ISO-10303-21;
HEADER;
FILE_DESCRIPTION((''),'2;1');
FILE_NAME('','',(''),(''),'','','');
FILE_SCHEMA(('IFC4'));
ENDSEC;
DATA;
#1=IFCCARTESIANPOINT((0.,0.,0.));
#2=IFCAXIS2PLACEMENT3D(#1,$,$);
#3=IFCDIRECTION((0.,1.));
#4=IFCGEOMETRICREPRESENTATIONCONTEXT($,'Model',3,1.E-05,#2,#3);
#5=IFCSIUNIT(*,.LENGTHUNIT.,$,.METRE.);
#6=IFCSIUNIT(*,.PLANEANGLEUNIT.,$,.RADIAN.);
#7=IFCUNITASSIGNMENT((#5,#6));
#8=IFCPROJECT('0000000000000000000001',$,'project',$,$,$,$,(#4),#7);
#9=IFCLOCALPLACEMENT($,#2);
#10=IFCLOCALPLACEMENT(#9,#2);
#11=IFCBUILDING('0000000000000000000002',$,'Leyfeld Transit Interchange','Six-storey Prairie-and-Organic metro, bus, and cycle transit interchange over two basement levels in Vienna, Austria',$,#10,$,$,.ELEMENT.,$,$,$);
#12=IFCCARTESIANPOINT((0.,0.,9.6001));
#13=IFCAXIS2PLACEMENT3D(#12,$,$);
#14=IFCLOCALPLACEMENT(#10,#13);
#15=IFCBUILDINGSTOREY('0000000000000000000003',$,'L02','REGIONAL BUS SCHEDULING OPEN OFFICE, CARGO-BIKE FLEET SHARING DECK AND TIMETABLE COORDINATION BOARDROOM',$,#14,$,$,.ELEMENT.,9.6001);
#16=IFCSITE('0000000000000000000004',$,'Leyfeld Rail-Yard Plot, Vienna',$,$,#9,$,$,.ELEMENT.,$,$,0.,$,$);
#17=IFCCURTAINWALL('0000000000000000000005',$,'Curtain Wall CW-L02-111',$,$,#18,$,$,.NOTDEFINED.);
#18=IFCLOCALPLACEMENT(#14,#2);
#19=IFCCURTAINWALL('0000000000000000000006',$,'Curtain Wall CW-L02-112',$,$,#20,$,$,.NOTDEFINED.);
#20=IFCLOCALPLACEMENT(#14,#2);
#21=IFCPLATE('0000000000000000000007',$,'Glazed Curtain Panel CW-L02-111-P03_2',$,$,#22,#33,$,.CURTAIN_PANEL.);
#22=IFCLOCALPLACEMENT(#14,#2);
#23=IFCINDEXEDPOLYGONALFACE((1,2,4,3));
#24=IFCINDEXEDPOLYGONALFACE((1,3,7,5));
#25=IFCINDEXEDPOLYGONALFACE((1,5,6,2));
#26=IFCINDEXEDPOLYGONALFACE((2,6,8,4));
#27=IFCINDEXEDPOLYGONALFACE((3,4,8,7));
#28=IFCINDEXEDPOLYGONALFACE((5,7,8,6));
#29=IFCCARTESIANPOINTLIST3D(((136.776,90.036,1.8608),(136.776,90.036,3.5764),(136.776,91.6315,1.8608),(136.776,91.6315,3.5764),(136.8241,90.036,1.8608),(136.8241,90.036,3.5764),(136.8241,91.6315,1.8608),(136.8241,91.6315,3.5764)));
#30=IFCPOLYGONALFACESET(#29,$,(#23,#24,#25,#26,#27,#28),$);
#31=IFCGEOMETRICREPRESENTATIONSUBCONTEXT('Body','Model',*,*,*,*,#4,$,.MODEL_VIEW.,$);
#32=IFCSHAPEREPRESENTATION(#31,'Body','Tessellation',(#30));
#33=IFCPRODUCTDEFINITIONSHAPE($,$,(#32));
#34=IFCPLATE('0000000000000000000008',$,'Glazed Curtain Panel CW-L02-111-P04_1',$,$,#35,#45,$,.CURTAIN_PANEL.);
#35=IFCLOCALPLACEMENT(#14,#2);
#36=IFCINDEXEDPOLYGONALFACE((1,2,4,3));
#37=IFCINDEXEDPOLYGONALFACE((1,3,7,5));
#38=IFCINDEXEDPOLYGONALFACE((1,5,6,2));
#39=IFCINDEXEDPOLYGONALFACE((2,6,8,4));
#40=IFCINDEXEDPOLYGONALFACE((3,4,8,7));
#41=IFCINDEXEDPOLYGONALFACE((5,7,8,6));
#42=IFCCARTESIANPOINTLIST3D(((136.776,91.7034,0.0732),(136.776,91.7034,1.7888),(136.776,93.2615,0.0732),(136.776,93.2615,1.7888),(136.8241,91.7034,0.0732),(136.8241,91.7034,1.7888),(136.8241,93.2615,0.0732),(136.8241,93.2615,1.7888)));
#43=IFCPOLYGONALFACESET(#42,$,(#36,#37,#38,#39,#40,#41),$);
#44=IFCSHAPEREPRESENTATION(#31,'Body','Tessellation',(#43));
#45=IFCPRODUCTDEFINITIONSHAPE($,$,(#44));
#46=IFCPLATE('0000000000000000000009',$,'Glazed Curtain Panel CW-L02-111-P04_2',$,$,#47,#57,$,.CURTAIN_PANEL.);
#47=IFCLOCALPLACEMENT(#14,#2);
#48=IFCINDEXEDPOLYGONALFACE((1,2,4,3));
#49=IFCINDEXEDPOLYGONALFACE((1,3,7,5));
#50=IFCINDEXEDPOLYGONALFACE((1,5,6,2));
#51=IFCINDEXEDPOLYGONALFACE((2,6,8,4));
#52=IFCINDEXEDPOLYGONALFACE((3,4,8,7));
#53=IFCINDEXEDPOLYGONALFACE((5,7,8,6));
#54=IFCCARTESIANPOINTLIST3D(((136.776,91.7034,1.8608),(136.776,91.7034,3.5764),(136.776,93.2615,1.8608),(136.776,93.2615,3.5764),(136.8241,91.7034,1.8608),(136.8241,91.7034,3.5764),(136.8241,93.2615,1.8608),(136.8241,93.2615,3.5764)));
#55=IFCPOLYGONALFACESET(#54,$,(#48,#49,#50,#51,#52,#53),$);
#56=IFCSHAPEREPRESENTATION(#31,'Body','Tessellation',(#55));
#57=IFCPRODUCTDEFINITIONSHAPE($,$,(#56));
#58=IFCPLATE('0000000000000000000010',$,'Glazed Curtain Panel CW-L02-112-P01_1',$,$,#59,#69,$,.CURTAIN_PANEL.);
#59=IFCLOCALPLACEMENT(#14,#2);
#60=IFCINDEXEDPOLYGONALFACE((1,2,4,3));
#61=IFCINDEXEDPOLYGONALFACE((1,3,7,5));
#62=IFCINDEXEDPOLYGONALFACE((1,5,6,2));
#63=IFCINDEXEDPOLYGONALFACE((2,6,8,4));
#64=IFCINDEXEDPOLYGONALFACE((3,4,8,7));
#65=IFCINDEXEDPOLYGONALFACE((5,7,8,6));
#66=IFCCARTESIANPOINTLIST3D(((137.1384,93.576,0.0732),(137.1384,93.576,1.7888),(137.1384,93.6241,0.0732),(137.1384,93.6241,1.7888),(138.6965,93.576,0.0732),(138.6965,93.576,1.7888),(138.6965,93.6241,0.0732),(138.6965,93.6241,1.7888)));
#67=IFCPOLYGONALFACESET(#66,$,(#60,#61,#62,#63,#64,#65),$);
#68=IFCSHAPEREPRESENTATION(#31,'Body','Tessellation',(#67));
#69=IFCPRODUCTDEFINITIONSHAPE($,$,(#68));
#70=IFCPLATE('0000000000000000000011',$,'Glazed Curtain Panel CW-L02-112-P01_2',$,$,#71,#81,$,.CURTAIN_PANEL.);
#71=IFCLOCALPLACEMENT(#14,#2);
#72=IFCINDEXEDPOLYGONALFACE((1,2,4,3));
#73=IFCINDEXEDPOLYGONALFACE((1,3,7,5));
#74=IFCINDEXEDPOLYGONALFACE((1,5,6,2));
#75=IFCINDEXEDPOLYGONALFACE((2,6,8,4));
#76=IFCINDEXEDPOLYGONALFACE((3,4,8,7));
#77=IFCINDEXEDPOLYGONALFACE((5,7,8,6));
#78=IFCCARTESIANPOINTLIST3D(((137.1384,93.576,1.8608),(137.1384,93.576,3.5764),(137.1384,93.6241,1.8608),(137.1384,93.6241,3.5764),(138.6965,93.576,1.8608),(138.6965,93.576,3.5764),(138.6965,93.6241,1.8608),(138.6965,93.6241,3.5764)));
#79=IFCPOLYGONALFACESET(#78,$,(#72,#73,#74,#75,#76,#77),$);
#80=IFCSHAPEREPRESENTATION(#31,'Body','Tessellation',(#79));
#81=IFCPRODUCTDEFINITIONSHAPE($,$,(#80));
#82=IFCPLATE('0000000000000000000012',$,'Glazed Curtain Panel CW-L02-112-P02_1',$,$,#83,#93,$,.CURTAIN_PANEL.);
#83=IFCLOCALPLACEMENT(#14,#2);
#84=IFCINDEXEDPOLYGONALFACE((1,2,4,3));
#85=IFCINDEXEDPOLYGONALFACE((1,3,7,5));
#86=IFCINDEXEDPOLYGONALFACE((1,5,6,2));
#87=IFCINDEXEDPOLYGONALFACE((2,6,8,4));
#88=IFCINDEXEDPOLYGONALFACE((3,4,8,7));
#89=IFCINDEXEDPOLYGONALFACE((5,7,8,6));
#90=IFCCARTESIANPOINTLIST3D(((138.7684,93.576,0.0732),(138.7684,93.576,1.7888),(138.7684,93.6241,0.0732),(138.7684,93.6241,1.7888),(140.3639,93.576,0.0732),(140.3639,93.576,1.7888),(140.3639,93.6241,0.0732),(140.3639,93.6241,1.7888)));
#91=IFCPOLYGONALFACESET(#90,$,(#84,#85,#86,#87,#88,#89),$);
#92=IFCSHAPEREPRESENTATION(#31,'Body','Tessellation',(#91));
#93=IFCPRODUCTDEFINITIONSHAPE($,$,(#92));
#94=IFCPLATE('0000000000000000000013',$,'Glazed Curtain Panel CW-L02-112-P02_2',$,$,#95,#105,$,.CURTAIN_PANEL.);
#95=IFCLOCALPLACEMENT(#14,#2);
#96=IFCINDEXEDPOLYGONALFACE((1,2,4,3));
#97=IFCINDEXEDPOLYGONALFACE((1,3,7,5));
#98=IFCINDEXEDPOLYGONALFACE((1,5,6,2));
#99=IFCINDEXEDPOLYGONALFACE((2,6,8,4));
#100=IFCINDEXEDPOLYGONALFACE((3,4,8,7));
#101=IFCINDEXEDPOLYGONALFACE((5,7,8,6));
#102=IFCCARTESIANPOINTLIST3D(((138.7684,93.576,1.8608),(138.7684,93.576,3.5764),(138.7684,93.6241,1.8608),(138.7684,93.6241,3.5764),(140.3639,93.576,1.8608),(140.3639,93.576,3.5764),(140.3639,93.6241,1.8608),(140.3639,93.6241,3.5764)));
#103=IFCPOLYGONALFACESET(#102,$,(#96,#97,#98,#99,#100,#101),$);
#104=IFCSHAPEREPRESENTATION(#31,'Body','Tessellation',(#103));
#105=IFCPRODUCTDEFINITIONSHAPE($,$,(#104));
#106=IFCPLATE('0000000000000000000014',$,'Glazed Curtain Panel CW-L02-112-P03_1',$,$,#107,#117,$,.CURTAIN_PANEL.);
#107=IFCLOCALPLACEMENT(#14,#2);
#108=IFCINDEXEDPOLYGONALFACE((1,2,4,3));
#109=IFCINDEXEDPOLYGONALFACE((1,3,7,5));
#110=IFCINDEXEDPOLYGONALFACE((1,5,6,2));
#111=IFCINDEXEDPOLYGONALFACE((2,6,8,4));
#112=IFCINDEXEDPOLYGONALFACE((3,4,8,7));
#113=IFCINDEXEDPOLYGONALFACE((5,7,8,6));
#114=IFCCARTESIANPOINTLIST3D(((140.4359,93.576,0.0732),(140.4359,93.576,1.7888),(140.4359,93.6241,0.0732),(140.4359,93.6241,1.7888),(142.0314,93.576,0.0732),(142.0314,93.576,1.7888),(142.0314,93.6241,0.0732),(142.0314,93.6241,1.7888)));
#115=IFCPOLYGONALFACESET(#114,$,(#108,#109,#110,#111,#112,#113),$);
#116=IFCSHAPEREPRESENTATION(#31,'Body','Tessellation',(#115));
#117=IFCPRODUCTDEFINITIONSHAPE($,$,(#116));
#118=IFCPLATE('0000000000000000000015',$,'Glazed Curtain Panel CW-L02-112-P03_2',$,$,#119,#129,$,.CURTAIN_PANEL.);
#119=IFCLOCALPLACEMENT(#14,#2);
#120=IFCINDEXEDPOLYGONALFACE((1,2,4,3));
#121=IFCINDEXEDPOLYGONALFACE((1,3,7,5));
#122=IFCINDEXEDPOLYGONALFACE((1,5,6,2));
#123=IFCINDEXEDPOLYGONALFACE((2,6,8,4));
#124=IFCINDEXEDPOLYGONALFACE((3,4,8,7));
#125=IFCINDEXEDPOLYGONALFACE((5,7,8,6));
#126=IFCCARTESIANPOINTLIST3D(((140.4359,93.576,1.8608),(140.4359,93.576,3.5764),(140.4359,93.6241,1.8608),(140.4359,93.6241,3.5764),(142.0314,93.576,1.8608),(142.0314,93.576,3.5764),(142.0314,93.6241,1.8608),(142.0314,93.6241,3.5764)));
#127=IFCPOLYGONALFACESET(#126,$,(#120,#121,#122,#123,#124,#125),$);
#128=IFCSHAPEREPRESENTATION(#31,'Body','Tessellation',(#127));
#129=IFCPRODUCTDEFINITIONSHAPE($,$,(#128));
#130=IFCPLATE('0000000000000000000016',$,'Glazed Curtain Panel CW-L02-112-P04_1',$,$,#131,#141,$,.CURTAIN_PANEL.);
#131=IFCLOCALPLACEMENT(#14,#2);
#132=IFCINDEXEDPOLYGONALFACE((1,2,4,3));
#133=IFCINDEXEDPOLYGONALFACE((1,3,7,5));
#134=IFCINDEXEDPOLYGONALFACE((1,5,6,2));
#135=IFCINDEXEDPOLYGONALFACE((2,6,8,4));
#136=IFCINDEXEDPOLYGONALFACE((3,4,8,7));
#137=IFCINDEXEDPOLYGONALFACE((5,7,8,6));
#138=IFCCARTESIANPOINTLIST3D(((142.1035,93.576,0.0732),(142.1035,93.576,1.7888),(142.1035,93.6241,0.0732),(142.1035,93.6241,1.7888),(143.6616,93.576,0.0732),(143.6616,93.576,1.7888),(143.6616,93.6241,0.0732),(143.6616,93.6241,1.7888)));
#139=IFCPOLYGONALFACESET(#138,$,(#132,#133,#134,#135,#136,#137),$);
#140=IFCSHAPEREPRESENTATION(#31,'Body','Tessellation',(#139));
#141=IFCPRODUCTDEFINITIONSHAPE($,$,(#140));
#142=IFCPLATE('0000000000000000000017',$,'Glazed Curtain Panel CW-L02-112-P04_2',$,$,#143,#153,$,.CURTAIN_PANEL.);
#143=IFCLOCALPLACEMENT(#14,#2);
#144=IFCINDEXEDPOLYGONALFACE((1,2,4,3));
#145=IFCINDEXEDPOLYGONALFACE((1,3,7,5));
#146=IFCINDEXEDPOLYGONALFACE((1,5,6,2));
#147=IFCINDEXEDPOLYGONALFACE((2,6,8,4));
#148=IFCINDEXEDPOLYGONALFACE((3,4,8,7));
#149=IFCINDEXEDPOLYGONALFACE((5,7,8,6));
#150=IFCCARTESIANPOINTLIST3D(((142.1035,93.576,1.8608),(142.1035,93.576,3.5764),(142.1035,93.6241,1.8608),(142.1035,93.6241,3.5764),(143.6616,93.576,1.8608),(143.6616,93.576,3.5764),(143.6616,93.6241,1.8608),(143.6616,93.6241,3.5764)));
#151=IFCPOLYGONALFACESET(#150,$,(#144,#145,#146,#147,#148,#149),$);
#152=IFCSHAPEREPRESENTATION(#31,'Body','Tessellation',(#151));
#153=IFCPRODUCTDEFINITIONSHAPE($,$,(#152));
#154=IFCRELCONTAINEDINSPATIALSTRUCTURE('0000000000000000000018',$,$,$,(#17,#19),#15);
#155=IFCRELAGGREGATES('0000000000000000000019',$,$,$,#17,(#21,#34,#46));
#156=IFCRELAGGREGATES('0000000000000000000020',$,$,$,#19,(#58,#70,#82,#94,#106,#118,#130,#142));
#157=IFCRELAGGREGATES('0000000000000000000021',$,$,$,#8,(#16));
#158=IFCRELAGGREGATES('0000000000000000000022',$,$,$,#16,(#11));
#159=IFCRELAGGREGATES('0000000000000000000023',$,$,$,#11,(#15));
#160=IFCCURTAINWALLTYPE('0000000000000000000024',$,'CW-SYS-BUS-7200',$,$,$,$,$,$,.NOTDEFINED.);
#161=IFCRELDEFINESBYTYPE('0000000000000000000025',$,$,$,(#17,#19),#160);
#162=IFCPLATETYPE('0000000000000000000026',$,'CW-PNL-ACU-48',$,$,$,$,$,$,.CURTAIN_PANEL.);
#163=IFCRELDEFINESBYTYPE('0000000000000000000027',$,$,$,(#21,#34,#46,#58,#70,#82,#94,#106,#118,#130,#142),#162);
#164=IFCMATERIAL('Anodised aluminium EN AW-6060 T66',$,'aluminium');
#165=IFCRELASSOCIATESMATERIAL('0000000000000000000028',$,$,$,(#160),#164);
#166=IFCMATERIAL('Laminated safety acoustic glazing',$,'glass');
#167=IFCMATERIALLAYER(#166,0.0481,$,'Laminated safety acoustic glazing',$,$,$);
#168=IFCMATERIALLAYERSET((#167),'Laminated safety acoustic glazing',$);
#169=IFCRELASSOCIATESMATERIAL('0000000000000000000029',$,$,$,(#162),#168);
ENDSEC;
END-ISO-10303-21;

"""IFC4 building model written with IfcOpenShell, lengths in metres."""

from ifc_helpers import new_model, si_unit, direction, frame, origin, origin_2d, place, context, subcontext, project, spatial, rectangle, extrude, material, layer, layer_set, type_object, element, aggregate, save


model = new_model("IFC4")

# Units and contexts
model_context = context("Model", 3, precision=1e-05, world=origin(), true_north=direction((0.0, 1.0)))
body_context = subcontext(model_context, "Body", "Model", "MODEL_VIEW")
ifc_project = project(units=[si_unit("LENGTHUNIT", "METRE"), si_unit("PLANEANGLEUNIT", "RADIAN")], contexts=[model_context])

# Site, building, storey
site_placement = place(None, origin())
site = spatial("IfcSite", under=ifc_project, at=site_placement, Name="Leyfeld Rail-Yard Plot, Vienna", CompositionType="ELEMENT", RefElevation=0.0)
building_placement = place(site_placement, origin())
building = spatial("IfcBuilding", under=site, at=building_placement, Name="Leyfeld Transit Interchange", Description="Six-storey Prairie-and-Organic metro, bus, and cycle transit interchange over two basement levels in Vienna, Austria", CompositionType="ELEMENT")
storey_placement = place(building_placement, frame((0.0, 0.0, 9.6001)))
storey = spatial("IfcBuildingStorey", under=building, at=storey_placement, Name="L02", Description="REGIONAL BUS SCHEDULING OPEN OFFICE, CARGO-BIKE FLEET SHARING DECK AND TIMETABLE COORDINATION BOARDROOM", CompositionType="ELEMENT", Elevation=9.6001)

# Curtain walls
ifc_material_1 = material(Name="Anodised aluminium EN AW-6060 T66", Category="aluminium")
curtain_wall_type = type_object("IfcCurtainWallType", Name="CW-SYS-BUS-7200", PredefinedType="NOTDEFINED", material=ifc_material_1)
curtain_wall_1_placement = place(storey_placement, origin())
curtain_wall_1 = element("IfcCurtainWall", 1, at=curtain_wall_1_placement, inside=storey, type_object=curtain_wall_type, Name="Curtain Wall CW-L02-111", PredefinedType="NOTDEFINED")
curtain_wall_2_placement = place(storey_placement, origin())
curtain_wall_2 = element("IfcCurtainWall", 2, at=curtain_wall_2_placement, inside=storey, type_object=curtain_wall_type, Name="Curtain Wall CW-L02-112", PredefinedType="NOTDEFINED")

# Plates
ifc_material_2 = material(Name="Laminated safety acoustic glazing", Category="glass")
ifc_layer = layer(ifc_material_2, 0.0481, Name="Laminated safety acoustic glazing")
ifc_layer_set = layer_set([ifc_layer], Name="Laminated safety acoustic glazing")
plate_type = type_object("IfcPlateType", Name="CW-PNL-ACU-48", PredefinedType="CURTAIN_PANEL", material=ifc_layer_set)
plate_1_placement = place(storey_placement, frame((136.8, 90.8337, 1.8608), z_axis=(0.0, 0.0, 1.0), x_axis=(0.0, 1.0, 0.0)))
plate_1 = element("IfcPlate", 3, at=plate_1_placement, type_object=plate_type, Name="Glazed Curtain Panel CW-L02-111-P03_2", PredefinedType="CURTAIN_PANEL", context=body_context, shape_type="SweptSolid", body=[
    extrude(rectangle(XDim=1.5955, YDim=0.0481, at=origin_2d()), origin(), (0.0, 0.0, 1.0), 1.7156),
])
plate_2_placement = place(storey_placement, frame((136.8, 92.4824, 0.0732), z_axis=(0.0, 0.0, 1.0), x_axis=(0.0, 1.0, 0.0)))
plate_2 = element("IfcPlate", 4, at=plate_2_placement, type_object=plate_type, Name="Glazed Curtain Panel CW-L02-111-P04_1", PredefinedType="CURTAIN_PANEL", context=body_context, shape_type="SweptSolid", body=[
    extrude(rectangle(XDim=1.5581, YDim=0.0481, at=origin_2d()), origin(), (0.0, 0.0, 1.0), 1.7156),
])
plate_3_placement = place(storey_placement, frame((136.8, 92.4824, 1.8608), z_axis=(0.0, 0.0, 1.0), x_axis=(0.0, 1.0, 0.0)))
plate_3 = element("IfcPlate", 5, at=plate_3_placement, type_object=plate_type, Name="Glazed Curtain Panel CW-L02-111-P04_2", PredefinedType="CURTAIN_PANEL", context=body_context, shape_type="SweptSolid", body=[
    extrude(rectangle(XDim=1.5581, YDim=0.0481, at=origin_2d()), origin(), (0.0, 0.0, 1.0), 1.7156),
])
aggregate(curtain_wall_1, [plate_1, plate_2, plate_3])
plate_4_placement = place(storey_placement, frame((137.9175, 93.6001, 0.0732), z_axis=(0.0, 0.0, 1.0), x_axis=(1.0, 0.0, 0.0)))
plate_4 = element("IfcPlate", 6, at=plate_4_placement, type_object=plate_type, Name="Glazed Curtain Panel CW-L02-112-P01_1", PredefinedType="CURTAIN_PANEL", context=body_context, shape_type="SweptSolid", body=[
    extrude(rectangle(XDim=1.5581, YDim=0.0481, at=origin_2d()), origin(), (0.0, 0.0, 1.0), 1.7156),
])
plate_5_placement = place(storey_placement, frame((137.9175, 93.6001, 1.8608), z_axis=(0.0, 0.0, 1.0), x_axis=(1.0, 0.0, 0.0)))
plate_5 = element("IfcPlate", 7, at=plate_5_placement, type_object=plate_type, Name="Glazed Curtain Panel CW-L02-112-P01_2", PredefinedType="CURTAIN_PANEL", context=body_context, shape_type="SweptSolid", body=[
    extrude(rectangle(XDim=1.5581, YDim=0.0481, at=origin_2d()), origin(), (0.0, 0.0, 1.0), 1.7156),
])
plate_6_placement = place(storey_placement, frame((139.5662, 93.6001, 0.0732), z_axis=(0.0, 0.0, 1.0), x_axis=(1.0, 0.0, 0.0)))
plate_6 = element("IfcPlate", 8, at=plate_6_placement, type_object=plate_type, Name="Glazed Curtain Panel CW-L02-112-P02_1", PredefinedType="CURTAIN_PANEL", context=body_context, shape_type="SweptSolid", body=[
    extrude(rectangle(XDim=1.5955, YDim=0.0481, at=origin_2d()), origin(), (0.0, 0.0, 1.0), 1.7156),
])
plate_7_placement = place(storey_placement, frame((139.5662, 93.6001, 1.8608), z_axis=(0.0, 0.0, 1.0), x_axis=(1.0, 0.0, 0.0)))
plate_7 = element("IfcPlate", 9, at=plate_7_placement, type_object=plate_type, Name="Glazed Curtain Panel CW-L02-112-P02_2", PredefinedType="CURTAIN_PANEL", context=body_context, shape_type="SweptSolid", body=[
    extrude(rectangle(XDim=1.5955, YDim=0.0481, at=origin_2d()), origin(), (0.0, 0.0, 1.0), 1.7156),
])
plate_8_placement = place(storey_placement, frame((141.2336, 93.6001, 0.0732), z_axis=(0.0, 0.0, 1.0), x_axis=(1.0, 0.0, 0.0)))
plate_8 = element("IfcPlate", 10, at=plate_8_placement, type_object=plate_type, Name="Glazed Curtain Panel CW-L02-112-P03_1", PredefinedType="CURTAIN_PANEL", context=body_context, shape_type="SweptSolid", body=[
    extrude(rectangle(XDim=1.5955, YDim=0.0481, at=origin_2d()), origin(), (0.0, 0.0, 1.0), 1.7156),
])
plate_9_placement = place(storey_placement, frame((141.2336, 93.6001, 1.8608), z_axis=(0.0, 0.0, 1.0), x_axis=(1.0, 0.0, 0.0)))
plate_9 = element("IfcPlate", 11, at=plate_9_placement, type_object=plate_type, Name="Glazed Curtain Panel CW-L02-112-P03_2", PredefinedType="CURTAIN_PANEL", context=body_context, shape_type="SweptSolid", body=[
    extrude(rectangle(XDim=1.5955, YDim=0.0481, at=origin_2d()), origin(), (0.0, 0.0, 1.0), 1.7156),
])
plate_10_placement = place(storey_placement, frame((142.8826, 93.6001, 0.0732), z_axis=(0.0, 0.0, 1.0), x_axis=(1.0, 0.0, 0.0)))
plate_10 = element("IfcPlate", 12, at=plate_10_placement, type_object=plate_type, Name="Glazed Curtain Panel CW-L02-112-P04_1", PredefinedType="CURTAIN_PANEL", context=body_context, shape_type="SweptSolid", body=[
    extrude(rectangle(XDim=1.5581, YDim=0.0481, at=origin_2d()), origin(), (0.0, 0.0, 1.0), 1.7156),
])
plate_11_placement = place(storey_placement, frame((142.8826, 93.6001, 1.8608), z_axis=(0.0, 0.0, 1.0), x_axis=(1.0, 0.0, 0.0)))
plate_11 = element("IfcPlate", 13, at=plate_11_placement, type_object=plate_type, Name="Glazed Curtain Panel CW-L02-112-P04_2", PredefinedType="CURTAIN_PANEL", context=body_context, shape_type="SweptSolid", body=[
    extrude(rectangle(XDim=1.5581, YDim=0.0481, at=origin_2d()), origin(), (0.0, 0.0, 1.0), 1.7156),
])
aggregate(curtain_wall_2, [plate_4, plate_5, plate_6, plate_7, plate_8, plate_9, plate_10, plate_11])

save(model, "model.ifc")
